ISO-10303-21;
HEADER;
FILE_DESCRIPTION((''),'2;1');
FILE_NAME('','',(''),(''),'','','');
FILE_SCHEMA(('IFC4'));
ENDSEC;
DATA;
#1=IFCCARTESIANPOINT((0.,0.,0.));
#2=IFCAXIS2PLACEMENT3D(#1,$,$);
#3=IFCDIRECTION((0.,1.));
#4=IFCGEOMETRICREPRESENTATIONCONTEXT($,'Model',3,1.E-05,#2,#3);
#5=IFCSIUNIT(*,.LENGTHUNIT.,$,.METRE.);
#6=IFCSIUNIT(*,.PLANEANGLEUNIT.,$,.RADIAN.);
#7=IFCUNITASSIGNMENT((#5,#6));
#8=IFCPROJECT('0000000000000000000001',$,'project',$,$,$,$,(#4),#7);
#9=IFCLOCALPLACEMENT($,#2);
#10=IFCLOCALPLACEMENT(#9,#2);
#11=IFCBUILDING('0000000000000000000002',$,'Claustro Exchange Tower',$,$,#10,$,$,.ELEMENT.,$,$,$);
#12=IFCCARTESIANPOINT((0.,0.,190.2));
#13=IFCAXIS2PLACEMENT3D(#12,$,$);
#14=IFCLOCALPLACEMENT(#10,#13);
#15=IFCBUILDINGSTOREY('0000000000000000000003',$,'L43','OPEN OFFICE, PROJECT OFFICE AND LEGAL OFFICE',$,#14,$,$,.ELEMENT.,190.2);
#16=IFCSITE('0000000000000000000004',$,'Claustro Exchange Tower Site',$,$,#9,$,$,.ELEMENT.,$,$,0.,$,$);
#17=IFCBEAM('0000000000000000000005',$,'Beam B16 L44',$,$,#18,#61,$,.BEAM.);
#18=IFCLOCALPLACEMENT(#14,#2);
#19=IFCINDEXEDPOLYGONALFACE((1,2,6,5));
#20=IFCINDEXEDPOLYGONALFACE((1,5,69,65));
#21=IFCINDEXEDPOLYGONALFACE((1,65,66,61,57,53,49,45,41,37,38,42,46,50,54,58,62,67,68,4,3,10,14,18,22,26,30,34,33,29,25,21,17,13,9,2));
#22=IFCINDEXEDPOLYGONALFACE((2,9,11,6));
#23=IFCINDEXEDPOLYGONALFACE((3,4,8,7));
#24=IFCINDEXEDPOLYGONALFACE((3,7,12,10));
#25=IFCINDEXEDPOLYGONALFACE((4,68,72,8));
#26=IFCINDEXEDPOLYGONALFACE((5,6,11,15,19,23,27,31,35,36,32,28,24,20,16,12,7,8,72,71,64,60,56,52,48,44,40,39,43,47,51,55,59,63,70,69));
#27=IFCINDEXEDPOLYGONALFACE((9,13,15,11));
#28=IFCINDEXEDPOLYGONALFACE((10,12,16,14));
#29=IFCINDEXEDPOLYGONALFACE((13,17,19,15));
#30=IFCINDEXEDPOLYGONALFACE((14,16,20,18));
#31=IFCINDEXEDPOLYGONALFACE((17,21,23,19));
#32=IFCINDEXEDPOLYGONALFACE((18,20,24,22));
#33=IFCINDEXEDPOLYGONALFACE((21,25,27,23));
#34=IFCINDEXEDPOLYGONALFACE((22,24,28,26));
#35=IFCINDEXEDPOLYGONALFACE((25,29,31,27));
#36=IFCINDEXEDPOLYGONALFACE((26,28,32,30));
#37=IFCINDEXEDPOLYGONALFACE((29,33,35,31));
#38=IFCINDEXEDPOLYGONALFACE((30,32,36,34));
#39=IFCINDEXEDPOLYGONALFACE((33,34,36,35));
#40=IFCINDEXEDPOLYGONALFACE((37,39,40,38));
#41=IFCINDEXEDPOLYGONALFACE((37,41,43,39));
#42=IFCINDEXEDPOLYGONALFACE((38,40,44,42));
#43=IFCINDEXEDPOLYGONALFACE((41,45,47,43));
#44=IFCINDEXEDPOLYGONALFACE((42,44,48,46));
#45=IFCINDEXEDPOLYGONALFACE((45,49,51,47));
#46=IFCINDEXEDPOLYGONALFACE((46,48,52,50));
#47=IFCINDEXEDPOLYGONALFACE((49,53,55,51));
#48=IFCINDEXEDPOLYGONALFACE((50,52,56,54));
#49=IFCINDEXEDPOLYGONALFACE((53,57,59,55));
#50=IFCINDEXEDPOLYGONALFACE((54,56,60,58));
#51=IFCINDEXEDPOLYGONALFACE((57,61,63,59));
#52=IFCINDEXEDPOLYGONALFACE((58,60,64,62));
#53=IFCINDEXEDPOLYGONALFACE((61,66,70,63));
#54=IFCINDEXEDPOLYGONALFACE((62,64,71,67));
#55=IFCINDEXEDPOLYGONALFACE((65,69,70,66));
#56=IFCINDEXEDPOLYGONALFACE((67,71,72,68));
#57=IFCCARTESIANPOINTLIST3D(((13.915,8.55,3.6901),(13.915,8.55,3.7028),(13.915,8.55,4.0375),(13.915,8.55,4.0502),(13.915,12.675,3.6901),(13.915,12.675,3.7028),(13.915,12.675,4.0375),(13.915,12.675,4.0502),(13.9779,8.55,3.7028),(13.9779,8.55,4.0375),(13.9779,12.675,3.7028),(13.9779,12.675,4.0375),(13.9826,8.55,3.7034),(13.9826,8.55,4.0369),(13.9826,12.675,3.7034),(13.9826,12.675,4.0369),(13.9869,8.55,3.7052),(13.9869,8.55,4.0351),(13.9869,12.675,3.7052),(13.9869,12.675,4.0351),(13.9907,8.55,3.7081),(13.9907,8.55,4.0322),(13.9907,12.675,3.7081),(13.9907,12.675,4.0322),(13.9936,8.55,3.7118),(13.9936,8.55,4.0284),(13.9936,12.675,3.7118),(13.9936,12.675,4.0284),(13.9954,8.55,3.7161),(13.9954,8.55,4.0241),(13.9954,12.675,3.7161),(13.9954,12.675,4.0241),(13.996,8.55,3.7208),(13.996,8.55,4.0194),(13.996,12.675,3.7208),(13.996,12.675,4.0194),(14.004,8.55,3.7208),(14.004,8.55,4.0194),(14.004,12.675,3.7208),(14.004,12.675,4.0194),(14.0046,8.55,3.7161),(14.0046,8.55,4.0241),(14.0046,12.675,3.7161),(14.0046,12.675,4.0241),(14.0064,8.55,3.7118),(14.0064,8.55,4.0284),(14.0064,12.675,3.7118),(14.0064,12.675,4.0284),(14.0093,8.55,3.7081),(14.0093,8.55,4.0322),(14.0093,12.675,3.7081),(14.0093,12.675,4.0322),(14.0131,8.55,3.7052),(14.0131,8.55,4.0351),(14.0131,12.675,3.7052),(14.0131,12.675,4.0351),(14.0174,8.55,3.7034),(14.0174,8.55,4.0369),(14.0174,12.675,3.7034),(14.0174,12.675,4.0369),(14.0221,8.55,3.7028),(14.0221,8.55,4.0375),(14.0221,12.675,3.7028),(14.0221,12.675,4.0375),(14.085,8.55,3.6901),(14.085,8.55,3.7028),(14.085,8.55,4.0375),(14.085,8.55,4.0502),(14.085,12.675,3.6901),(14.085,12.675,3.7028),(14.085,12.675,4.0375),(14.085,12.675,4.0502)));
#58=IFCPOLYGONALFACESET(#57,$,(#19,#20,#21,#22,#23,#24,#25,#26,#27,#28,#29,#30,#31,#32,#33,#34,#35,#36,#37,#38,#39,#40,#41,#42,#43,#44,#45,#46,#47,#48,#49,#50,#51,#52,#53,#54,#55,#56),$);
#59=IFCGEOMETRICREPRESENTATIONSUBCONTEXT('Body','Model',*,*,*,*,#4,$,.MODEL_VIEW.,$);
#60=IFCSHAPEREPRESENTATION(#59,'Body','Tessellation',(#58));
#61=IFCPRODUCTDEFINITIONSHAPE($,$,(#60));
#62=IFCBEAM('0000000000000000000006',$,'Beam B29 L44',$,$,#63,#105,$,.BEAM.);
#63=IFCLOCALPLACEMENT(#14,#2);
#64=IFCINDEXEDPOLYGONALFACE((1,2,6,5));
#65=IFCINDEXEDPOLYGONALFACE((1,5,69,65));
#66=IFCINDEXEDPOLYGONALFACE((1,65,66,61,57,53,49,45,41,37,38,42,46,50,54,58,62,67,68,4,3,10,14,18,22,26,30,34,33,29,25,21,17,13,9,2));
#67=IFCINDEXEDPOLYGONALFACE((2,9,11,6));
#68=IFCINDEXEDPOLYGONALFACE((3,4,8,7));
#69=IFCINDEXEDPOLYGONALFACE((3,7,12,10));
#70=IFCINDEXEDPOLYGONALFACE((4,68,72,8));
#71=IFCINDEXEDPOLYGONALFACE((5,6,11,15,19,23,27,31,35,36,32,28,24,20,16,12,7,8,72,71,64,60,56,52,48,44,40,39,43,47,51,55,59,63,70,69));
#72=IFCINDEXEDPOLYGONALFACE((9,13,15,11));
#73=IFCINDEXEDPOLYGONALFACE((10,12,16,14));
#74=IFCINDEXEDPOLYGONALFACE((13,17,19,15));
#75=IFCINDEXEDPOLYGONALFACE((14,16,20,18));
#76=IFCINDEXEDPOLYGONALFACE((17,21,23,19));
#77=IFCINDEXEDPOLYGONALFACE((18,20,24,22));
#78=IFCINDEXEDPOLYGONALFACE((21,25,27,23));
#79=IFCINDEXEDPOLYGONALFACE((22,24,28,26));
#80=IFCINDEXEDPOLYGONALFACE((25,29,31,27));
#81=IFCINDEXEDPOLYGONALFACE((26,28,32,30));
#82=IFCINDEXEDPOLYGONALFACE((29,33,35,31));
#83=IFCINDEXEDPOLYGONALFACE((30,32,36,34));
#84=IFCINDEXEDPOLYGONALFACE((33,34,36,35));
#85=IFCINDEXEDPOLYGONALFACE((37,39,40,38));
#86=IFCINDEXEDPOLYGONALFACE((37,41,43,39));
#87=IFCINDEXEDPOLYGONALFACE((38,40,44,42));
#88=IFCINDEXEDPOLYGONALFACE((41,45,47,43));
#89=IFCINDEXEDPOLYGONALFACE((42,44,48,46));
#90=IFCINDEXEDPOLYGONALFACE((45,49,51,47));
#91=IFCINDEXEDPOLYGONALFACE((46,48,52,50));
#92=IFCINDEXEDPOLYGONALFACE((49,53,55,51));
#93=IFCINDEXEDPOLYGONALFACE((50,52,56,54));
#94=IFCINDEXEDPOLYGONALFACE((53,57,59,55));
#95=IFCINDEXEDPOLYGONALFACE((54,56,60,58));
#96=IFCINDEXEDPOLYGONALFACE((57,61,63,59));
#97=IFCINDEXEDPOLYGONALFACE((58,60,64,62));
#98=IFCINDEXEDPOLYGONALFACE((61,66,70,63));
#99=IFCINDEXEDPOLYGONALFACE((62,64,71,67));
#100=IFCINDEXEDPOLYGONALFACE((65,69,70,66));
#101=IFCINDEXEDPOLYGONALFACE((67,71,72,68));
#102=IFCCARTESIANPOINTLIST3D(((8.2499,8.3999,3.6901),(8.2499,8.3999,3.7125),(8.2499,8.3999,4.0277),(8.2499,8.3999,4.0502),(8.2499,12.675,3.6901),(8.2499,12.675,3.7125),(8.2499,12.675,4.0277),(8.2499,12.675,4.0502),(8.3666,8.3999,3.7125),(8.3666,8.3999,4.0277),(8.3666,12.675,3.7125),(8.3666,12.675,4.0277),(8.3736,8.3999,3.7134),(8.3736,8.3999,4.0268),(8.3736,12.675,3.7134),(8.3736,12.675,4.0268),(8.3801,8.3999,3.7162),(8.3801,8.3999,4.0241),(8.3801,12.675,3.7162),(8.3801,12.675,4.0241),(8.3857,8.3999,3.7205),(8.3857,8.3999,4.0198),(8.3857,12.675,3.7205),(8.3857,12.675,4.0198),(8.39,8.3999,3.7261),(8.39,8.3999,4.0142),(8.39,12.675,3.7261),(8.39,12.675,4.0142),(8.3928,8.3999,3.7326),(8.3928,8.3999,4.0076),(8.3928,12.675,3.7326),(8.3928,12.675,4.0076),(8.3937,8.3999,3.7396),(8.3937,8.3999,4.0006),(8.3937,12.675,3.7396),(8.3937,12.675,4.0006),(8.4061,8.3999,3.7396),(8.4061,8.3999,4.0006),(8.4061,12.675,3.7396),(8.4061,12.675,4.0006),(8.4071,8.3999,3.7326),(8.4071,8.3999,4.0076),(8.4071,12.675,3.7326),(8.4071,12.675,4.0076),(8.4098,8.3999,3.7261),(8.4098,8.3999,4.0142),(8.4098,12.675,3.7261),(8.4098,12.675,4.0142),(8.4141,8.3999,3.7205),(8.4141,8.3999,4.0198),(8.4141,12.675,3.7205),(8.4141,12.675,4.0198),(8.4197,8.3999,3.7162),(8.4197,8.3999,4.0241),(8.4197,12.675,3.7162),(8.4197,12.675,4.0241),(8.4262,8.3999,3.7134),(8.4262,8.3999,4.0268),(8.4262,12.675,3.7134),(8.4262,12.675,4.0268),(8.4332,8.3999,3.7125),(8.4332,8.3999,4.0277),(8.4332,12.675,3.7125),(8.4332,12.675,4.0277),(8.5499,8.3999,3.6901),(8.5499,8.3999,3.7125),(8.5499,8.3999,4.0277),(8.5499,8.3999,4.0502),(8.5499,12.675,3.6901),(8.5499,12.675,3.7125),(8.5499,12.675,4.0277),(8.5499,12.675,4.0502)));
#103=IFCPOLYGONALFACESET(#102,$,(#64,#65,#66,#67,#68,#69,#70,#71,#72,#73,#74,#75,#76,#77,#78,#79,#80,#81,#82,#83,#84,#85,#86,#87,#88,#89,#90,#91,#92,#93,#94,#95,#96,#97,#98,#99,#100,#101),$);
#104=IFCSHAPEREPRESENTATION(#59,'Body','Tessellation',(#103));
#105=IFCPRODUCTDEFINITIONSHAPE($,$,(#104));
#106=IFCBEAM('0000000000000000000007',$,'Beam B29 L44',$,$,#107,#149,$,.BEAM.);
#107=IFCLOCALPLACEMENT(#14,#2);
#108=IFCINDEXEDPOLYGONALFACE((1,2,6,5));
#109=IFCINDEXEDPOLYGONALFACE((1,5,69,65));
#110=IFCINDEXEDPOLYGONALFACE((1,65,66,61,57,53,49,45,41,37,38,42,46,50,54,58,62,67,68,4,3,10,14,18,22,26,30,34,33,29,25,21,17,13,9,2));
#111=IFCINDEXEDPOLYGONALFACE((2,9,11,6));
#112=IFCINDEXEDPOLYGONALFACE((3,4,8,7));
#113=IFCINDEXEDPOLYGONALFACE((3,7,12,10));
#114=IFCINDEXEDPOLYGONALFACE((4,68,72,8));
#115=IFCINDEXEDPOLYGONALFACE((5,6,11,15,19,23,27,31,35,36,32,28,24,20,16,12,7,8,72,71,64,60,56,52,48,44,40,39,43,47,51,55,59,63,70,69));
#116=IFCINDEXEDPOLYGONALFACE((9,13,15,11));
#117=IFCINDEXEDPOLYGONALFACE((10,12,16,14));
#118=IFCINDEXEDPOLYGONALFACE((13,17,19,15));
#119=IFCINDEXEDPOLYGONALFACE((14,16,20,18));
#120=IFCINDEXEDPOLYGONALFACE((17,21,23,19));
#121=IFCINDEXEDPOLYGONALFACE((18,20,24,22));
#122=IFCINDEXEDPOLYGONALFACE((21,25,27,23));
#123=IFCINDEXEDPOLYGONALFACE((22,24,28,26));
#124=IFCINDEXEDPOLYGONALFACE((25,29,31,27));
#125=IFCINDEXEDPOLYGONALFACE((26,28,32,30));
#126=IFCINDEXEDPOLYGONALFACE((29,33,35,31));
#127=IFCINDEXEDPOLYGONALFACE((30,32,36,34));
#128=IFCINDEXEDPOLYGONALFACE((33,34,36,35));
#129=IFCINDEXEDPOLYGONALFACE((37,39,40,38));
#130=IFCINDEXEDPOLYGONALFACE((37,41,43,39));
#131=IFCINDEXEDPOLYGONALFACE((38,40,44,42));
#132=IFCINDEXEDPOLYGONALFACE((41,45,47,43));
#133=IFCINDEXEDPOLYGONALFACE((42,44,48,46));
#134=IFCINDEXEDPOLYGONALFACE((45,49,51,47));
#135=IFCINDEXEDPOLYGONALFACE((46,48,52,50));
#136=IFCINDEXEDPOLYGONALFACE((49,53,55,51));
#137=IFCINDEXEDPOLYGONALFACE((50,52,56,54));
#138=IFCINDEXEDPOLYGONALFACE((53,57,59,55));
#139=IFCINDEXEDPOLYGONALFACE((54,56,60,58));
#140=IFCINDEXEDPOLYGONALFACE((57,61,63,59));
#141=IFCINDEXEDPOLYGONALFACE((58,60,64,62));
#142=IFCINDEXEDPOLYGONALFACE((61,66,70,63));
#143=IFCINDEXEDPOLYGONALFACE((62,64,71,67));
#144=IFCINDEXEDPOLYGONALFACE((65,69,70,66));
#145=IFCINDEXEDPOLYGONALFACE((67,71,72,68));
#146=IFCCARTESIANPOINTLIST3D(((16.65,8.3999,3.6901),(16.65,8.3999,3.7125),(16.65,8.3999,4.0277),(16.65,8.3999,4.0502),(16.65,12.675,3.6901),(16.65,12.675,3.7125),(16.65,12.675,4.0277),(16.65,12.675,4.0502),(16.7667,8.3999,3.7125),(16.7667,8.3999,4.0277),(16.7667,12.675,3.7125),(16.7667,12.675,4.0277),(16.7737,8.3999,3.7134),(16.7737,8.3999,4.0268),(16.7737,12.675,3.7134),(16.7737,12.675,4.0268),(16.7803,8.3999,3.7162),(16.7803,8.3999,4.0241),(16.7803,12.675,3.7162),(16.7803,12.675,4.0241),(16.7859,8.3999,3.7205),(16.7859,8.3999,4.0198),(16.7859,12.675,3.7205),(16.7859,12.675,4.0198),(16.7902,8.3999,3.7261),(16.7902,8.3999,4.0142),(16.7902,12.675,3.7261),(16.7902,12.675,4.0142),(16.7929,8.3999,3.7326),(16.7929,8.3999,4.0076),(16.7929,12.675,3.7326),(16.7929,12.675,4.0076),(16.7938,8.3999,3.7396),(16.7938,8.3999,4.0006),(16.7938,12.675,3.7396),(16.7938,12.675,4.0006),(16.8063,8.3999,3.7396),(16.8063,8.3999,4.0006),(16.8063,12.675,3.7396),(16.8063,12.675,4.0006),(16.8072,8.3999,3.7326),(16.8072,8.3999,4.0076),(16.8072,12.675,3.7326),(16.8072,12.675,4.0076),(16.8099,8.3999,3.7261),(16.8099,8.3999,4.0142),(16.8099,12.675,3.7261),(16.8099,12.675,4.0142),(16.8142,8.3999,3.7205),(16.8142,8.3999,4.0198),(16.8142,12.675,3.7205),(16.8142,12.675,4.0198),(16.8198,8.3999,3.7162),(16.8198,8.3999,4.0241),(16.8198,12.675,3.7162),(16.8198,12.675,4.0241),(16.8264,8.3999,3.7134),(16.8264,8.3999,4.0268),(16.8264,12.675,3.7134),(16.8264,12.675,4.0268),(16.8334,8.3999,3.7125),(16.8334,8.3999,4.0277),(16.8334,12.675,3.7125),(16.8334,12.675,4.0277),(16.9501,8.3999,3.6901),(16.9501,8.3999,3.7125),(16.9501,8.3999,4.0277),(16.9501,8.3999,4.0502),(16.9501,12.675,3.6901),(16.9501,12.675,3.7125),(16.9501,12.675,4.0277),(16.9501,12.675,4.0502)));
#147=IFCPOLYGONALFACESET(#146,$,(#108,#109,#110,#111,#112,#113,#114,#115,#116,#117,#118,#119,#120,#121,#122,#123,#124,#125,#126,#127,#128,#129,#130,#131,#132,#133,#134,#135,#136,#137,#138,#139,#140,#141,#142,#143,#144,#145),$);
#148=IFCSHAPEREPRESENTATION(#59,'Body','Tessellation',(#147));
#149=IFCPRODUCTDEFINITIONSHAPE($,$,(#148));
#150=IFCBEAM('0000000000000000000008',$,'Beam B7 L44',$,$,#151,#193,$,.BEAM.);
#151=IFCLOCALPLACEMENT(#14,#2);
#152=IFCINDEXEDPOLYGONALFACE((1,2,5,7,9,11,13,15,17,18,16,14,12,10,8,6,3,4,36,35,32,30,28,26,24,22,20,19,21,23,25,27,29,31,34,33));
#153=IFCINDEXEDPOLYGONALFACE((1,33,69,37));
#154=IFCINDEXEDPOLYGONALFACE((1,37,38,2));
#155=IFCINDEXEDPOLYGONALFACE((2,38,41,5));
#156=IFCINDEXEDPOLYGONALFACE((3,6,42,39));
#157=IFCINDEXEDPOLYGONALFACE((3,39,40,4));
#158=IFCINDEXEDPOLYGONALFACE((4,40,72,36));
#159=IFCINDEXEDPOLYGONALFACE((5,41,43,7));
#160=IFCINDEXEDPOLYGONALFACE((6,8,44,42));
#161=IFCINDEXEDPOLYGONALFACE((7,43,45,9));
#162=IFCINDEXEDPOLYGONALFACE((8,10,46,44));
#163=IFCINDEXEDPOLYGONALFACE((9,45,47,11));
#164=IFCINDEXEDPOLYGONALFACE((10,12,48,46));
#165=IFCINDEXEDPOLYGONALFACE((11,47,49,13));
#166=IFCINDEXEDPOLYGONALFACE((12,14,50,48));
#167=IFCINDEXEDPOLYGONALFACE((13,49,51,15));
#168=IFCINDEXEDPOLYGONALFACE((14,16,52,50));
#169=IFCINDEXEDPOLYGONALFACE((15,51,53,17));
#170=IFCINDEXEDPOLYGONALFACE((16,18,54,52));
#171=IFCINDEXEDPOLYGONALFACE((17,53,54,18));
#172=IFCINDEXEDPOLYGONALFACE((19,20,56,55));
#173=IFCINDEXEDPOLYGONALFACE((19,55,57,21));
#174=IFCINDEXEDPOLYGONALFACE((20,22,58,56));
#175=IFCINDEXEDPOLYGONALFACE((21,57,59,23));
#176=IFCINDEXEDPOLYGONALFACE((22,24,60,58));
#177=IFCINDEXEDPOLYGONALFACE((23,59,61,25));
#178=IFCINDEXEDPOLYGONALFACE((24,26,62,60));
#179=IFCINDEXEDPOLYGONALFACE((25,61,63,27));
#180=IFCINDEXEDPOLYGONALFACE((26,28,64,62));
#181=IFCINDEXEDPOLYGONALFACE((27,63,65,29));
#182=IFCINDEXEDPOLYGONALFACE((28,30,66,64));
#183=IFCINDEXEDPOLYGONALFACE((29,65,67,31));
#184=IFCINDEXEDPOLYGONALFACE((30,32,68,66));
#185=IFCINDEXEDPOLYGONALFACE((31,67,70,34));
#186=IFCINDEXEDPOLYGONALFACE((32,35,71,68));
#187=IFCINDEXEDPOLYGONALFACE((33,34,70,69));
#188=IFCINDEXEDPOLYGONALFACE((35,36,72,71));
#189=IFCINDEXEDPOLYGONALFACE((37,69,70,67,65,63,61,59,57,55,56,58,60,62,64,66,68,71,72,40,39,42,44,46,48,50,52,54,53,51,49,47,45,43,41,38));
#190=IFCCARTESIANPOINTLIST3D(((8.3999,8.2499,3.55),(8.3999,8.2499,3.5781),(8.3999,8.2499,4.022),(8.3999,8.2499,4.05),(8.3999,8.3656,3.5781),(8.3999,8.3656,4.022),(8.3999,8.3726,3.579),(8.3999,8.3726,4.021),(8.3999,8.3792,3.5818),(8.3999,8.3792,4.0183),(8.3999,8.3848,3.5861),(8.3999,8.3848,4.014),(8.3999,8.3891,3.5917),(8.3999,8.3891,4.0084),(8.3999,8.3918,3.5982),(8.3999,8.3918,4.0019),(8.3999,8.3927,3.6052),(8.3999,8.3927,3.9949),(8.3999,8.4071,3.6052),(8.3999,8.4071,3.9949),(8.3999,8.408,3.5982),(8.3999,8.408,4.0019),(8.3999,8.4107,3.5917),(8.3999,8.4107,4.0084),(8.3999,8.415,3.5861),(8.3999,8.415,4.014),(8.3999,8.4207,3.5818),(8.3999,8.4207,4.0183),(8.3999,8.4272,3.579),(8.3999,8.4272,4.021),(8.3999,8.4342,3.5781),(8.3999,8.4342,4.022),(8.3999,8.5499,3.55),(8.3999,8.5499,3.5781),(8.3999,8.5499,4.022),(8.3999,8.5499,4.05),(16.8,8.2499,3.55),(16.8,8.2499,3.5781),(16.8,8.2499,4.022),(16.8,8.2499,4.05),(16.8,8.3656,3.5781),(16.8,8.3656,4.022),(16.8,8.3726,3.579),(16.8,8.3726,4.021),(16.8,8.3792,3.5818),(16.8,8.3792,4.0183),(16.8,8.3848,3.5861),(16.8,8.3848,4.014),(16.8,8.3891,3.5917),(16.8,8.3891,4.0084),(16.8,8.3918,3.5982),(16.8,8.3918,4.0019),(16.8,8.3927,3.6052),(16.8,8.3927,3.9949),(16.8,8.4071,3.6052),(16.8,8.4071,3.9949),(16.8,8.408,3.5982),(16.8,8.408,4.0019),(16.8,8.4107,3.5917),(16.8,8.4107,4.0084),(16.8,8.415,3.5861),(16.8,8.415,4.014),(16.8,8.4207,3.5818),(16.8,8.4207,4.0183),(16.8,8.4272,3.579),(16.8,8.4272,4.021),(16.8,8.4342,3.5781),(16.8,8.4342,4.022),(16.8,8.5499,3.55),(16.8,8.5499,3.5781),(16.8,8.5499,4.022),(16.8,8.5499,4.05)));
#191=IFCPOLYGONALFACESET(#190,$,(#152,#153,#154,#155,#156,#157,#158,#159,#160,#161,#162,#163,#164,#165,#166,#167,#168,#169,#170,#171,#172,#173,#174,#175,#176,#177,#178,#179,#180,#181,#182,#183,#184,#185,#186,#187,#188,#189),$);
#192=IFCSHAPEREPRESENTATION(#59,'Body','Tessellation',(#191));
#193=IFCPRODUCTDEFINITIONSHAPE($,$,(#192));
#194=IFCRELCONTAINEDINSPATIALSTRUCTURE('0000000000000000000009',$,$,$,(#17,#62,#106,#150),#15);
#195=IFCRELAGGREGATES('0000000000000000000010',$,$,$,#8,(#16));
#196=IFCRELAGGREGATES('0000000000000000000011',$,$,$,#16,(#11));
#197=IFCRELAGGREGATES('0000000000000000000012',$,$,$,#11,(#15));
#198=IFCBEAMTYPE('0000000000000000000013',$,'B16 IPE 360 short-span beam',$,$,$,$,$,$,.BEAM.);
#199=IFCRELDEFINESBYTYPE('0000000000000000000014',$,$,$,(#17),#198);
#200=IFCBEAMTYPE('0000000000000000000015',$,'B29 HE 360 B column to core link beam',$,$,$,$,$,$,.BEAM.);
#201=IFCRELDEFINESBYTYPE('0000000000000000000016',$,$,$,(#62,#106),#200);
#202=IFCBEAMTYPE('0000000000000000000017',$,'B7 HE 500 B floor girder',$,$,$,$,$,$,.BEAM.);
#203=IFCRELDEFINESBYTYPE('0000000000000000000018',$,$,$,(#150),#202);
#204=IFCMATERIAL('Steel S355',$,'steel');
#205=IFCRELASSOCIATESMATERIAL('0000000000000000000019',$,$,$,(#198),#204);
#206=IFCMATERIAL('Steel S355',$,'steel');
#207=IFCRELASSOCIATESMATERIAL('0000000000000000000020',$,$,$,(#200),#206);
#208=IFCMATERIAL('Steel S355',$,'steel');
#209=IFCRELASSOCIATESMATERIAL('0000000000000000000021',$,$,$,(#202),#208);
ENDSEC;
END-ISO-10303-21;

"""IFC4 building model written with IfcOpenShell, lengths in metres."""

from ifc_helpers import new_model, si_unit, direction, frame, origin, origin_2d, place, context, subcontext, project, spatial, i_section, extrude, material, material_profile, profile_set, type_object, element, save


model = new_model("IFC4")

# Units and contexts
model_context = context("Model", 3, precision=1e-05, world=origin(), true_north=direction((0.0, 1.0)))
body_context = subcontext(model_context, "Body", "Model", "MODEL_VIEW")
ifc_project = project(units=[si_unit("LENGTHUNIT", "METRE"), si_unit("PLANEANGLEUNIT", "RADIAN")], contexts=[model_context])

# Site, building, storey
site_placement = place(None, origin())
site = spatial("IfcSite", under=ifc_project, at=site_placement, Name="Claustro Exchange Tower Site", CompositionType="ELEMENT", RefElevation=0.0)
building_placement = place(site_placement, origin())
building = spatial("IfcBuilding", under=site, at=building_placement, Name="Claustro Exchange Tower", CompositionType="ELEMENT")
storey_placement = place(building_placement, frame((0.0, 0.0, 190.2)))
storey = spatial("IfcBuildingStorey", under=building, at=storey_placement, Name="L43", Description="OPEN OFFICE, PROJECT OFFICE AND LEGAL OFFICE", CompositionType="ELEMENT", Elevation=190.2)

# Beams
ifc_material_1 = material(Name="Steel S355", Category="steel")
ifc_material_profile_1 = material_profile(ifc_material_1, i_section(OverallWidth=0.1699, OverallDepth=0.3601, WebThickness=0.0081, FlangeThickness=0.0127, FilletRadius=0.0181, at=origin_2d()), Name="IPE 360")
ifc_profile_set_1 = profile_set([ifc_material_profile_1], Name="Steel S355")
beam_type_1 = type_object("IfcBeamType", Name="B16 IPE 360 short-span beam", PredefinedType="BEAM", material=ifc_profile_set_1)
for number, where, z_axis, x_axis, name in (
    (1, (14.0, 8.55, 3.8701), (0.0, 1.0, 0.0), (-1.0, 0.0, 0.0), "Beam B16 L44"),
):
    element("IfcBeam", number, at=place(storey_placement, frame(where, z_axis=z_axis, x_axis=x_axis)), inside=storey, type_object=beam_type_1, Name=name, PredefinedType="BEAM", context=body_context, shape_type="SweptSolid", body=[
        extrude(i_section(OverallWidth=0.1699, OverallDepth=0.3601, WebThickness=0.0081, FlangeThickness=0.0127, FilletRadius=0.0181, at=origin_2d()), origin(), (0.0, 0.0, 1.0), 4.125),
    ])
ifc_material_2 = material(Name="Steel S355", Category="steel")
ifc_material_profile_2 = material_profile(ifc_material_2, i_section(OverallWidth=0.3, OverallDepth=0.3601, WebThickness=0.0125, FlangeThickness=0.0225, FilletRadius=0.0271, at=origin_2d()), Name="HE 360 B")
ifc_profile_set_2 = profile_set([ifc_material_profile_2], Name="Steel S355")
beam_type_2 = type_object("IfcBeamType", Name="B29 HE 360 B column to core link beam", PredefinedType="BEAM", material=ifc_profile_set_2)
for number, where, z_axis, x_axis, name in (
    (2, (8.3999, 8.3999, 3.8701), (0.0, 1.0, 0.0), (-1.0, 0.0, 0.0), "Beam B29 L44"),
    (3, (16.8, 8.3999, 3.8701), (0.0, 1.0, 0.0), (-1.0, 0.0, 0.0), "Beam B29 L44"),
):
    element("IfcBeam", number, at=place(storey_placement, frame(where, z_axis=z_axis, x_axis=x_axis)), inside=storey, type_object=beam_type_2, Name=name, PredefinedType="BEAM", context=body_context, shape_type="SweptSolid", body=[
        extrude(i_section(OverallWidth=0.3, OverallDepth=0.3601, WebThickness=0.0125, FlangeThickness=0.0225, FilletRadius=0.0271, at=origin_2d()), origin(), (0.0, 0.0, 1.0), 4.2751),
    ])
ifc_material_3 = material(Name="Steel S355", Category="steel")
ifc_material_profile_3 = material_profile(ifc_material_3, i_section(OverallWidth=0.3, OverallDepth=0.5, WebThickness=0.0144, FlangeThickness=0.0281, FilletRadius=0.0271, at=origin_2d()), Name="HE 500 B")
ifc_profile_set_3 = profile_set([ifc_material_profile_3], Name="Steel S355")
beam_type_3 = type_object("IfcBeamType", Name="B7 HE 500 B floor girder", PredefinedType="BEAM", material=ifc_profile_set_3)
beam_1_placement = place(storey_placement, frame((8.3999, 8.3999, 3.8), z_axis=(1.0, 0.0, 0.0), x_axis=(0.0, 1.0, 0.0)))
element("IfcBeam", 4, at=beam_1_placement, inside=storey, type_object=beam_type_3, Name="Beam B7 L44", PredefinedType="BEAM", context=body_context, shape_type="SweptSolid", body=[
    extrude(i_section(OverallWidth=0.3, OverallDepth=0.5, WebThickness=0.0144, FlangeThickness=0.0281, FilletRadius=0.0271, at=origin_2d()), origin(), (0.0, 0.0, 1.0), 8.4001),
])

save(model, "model.ifc")
